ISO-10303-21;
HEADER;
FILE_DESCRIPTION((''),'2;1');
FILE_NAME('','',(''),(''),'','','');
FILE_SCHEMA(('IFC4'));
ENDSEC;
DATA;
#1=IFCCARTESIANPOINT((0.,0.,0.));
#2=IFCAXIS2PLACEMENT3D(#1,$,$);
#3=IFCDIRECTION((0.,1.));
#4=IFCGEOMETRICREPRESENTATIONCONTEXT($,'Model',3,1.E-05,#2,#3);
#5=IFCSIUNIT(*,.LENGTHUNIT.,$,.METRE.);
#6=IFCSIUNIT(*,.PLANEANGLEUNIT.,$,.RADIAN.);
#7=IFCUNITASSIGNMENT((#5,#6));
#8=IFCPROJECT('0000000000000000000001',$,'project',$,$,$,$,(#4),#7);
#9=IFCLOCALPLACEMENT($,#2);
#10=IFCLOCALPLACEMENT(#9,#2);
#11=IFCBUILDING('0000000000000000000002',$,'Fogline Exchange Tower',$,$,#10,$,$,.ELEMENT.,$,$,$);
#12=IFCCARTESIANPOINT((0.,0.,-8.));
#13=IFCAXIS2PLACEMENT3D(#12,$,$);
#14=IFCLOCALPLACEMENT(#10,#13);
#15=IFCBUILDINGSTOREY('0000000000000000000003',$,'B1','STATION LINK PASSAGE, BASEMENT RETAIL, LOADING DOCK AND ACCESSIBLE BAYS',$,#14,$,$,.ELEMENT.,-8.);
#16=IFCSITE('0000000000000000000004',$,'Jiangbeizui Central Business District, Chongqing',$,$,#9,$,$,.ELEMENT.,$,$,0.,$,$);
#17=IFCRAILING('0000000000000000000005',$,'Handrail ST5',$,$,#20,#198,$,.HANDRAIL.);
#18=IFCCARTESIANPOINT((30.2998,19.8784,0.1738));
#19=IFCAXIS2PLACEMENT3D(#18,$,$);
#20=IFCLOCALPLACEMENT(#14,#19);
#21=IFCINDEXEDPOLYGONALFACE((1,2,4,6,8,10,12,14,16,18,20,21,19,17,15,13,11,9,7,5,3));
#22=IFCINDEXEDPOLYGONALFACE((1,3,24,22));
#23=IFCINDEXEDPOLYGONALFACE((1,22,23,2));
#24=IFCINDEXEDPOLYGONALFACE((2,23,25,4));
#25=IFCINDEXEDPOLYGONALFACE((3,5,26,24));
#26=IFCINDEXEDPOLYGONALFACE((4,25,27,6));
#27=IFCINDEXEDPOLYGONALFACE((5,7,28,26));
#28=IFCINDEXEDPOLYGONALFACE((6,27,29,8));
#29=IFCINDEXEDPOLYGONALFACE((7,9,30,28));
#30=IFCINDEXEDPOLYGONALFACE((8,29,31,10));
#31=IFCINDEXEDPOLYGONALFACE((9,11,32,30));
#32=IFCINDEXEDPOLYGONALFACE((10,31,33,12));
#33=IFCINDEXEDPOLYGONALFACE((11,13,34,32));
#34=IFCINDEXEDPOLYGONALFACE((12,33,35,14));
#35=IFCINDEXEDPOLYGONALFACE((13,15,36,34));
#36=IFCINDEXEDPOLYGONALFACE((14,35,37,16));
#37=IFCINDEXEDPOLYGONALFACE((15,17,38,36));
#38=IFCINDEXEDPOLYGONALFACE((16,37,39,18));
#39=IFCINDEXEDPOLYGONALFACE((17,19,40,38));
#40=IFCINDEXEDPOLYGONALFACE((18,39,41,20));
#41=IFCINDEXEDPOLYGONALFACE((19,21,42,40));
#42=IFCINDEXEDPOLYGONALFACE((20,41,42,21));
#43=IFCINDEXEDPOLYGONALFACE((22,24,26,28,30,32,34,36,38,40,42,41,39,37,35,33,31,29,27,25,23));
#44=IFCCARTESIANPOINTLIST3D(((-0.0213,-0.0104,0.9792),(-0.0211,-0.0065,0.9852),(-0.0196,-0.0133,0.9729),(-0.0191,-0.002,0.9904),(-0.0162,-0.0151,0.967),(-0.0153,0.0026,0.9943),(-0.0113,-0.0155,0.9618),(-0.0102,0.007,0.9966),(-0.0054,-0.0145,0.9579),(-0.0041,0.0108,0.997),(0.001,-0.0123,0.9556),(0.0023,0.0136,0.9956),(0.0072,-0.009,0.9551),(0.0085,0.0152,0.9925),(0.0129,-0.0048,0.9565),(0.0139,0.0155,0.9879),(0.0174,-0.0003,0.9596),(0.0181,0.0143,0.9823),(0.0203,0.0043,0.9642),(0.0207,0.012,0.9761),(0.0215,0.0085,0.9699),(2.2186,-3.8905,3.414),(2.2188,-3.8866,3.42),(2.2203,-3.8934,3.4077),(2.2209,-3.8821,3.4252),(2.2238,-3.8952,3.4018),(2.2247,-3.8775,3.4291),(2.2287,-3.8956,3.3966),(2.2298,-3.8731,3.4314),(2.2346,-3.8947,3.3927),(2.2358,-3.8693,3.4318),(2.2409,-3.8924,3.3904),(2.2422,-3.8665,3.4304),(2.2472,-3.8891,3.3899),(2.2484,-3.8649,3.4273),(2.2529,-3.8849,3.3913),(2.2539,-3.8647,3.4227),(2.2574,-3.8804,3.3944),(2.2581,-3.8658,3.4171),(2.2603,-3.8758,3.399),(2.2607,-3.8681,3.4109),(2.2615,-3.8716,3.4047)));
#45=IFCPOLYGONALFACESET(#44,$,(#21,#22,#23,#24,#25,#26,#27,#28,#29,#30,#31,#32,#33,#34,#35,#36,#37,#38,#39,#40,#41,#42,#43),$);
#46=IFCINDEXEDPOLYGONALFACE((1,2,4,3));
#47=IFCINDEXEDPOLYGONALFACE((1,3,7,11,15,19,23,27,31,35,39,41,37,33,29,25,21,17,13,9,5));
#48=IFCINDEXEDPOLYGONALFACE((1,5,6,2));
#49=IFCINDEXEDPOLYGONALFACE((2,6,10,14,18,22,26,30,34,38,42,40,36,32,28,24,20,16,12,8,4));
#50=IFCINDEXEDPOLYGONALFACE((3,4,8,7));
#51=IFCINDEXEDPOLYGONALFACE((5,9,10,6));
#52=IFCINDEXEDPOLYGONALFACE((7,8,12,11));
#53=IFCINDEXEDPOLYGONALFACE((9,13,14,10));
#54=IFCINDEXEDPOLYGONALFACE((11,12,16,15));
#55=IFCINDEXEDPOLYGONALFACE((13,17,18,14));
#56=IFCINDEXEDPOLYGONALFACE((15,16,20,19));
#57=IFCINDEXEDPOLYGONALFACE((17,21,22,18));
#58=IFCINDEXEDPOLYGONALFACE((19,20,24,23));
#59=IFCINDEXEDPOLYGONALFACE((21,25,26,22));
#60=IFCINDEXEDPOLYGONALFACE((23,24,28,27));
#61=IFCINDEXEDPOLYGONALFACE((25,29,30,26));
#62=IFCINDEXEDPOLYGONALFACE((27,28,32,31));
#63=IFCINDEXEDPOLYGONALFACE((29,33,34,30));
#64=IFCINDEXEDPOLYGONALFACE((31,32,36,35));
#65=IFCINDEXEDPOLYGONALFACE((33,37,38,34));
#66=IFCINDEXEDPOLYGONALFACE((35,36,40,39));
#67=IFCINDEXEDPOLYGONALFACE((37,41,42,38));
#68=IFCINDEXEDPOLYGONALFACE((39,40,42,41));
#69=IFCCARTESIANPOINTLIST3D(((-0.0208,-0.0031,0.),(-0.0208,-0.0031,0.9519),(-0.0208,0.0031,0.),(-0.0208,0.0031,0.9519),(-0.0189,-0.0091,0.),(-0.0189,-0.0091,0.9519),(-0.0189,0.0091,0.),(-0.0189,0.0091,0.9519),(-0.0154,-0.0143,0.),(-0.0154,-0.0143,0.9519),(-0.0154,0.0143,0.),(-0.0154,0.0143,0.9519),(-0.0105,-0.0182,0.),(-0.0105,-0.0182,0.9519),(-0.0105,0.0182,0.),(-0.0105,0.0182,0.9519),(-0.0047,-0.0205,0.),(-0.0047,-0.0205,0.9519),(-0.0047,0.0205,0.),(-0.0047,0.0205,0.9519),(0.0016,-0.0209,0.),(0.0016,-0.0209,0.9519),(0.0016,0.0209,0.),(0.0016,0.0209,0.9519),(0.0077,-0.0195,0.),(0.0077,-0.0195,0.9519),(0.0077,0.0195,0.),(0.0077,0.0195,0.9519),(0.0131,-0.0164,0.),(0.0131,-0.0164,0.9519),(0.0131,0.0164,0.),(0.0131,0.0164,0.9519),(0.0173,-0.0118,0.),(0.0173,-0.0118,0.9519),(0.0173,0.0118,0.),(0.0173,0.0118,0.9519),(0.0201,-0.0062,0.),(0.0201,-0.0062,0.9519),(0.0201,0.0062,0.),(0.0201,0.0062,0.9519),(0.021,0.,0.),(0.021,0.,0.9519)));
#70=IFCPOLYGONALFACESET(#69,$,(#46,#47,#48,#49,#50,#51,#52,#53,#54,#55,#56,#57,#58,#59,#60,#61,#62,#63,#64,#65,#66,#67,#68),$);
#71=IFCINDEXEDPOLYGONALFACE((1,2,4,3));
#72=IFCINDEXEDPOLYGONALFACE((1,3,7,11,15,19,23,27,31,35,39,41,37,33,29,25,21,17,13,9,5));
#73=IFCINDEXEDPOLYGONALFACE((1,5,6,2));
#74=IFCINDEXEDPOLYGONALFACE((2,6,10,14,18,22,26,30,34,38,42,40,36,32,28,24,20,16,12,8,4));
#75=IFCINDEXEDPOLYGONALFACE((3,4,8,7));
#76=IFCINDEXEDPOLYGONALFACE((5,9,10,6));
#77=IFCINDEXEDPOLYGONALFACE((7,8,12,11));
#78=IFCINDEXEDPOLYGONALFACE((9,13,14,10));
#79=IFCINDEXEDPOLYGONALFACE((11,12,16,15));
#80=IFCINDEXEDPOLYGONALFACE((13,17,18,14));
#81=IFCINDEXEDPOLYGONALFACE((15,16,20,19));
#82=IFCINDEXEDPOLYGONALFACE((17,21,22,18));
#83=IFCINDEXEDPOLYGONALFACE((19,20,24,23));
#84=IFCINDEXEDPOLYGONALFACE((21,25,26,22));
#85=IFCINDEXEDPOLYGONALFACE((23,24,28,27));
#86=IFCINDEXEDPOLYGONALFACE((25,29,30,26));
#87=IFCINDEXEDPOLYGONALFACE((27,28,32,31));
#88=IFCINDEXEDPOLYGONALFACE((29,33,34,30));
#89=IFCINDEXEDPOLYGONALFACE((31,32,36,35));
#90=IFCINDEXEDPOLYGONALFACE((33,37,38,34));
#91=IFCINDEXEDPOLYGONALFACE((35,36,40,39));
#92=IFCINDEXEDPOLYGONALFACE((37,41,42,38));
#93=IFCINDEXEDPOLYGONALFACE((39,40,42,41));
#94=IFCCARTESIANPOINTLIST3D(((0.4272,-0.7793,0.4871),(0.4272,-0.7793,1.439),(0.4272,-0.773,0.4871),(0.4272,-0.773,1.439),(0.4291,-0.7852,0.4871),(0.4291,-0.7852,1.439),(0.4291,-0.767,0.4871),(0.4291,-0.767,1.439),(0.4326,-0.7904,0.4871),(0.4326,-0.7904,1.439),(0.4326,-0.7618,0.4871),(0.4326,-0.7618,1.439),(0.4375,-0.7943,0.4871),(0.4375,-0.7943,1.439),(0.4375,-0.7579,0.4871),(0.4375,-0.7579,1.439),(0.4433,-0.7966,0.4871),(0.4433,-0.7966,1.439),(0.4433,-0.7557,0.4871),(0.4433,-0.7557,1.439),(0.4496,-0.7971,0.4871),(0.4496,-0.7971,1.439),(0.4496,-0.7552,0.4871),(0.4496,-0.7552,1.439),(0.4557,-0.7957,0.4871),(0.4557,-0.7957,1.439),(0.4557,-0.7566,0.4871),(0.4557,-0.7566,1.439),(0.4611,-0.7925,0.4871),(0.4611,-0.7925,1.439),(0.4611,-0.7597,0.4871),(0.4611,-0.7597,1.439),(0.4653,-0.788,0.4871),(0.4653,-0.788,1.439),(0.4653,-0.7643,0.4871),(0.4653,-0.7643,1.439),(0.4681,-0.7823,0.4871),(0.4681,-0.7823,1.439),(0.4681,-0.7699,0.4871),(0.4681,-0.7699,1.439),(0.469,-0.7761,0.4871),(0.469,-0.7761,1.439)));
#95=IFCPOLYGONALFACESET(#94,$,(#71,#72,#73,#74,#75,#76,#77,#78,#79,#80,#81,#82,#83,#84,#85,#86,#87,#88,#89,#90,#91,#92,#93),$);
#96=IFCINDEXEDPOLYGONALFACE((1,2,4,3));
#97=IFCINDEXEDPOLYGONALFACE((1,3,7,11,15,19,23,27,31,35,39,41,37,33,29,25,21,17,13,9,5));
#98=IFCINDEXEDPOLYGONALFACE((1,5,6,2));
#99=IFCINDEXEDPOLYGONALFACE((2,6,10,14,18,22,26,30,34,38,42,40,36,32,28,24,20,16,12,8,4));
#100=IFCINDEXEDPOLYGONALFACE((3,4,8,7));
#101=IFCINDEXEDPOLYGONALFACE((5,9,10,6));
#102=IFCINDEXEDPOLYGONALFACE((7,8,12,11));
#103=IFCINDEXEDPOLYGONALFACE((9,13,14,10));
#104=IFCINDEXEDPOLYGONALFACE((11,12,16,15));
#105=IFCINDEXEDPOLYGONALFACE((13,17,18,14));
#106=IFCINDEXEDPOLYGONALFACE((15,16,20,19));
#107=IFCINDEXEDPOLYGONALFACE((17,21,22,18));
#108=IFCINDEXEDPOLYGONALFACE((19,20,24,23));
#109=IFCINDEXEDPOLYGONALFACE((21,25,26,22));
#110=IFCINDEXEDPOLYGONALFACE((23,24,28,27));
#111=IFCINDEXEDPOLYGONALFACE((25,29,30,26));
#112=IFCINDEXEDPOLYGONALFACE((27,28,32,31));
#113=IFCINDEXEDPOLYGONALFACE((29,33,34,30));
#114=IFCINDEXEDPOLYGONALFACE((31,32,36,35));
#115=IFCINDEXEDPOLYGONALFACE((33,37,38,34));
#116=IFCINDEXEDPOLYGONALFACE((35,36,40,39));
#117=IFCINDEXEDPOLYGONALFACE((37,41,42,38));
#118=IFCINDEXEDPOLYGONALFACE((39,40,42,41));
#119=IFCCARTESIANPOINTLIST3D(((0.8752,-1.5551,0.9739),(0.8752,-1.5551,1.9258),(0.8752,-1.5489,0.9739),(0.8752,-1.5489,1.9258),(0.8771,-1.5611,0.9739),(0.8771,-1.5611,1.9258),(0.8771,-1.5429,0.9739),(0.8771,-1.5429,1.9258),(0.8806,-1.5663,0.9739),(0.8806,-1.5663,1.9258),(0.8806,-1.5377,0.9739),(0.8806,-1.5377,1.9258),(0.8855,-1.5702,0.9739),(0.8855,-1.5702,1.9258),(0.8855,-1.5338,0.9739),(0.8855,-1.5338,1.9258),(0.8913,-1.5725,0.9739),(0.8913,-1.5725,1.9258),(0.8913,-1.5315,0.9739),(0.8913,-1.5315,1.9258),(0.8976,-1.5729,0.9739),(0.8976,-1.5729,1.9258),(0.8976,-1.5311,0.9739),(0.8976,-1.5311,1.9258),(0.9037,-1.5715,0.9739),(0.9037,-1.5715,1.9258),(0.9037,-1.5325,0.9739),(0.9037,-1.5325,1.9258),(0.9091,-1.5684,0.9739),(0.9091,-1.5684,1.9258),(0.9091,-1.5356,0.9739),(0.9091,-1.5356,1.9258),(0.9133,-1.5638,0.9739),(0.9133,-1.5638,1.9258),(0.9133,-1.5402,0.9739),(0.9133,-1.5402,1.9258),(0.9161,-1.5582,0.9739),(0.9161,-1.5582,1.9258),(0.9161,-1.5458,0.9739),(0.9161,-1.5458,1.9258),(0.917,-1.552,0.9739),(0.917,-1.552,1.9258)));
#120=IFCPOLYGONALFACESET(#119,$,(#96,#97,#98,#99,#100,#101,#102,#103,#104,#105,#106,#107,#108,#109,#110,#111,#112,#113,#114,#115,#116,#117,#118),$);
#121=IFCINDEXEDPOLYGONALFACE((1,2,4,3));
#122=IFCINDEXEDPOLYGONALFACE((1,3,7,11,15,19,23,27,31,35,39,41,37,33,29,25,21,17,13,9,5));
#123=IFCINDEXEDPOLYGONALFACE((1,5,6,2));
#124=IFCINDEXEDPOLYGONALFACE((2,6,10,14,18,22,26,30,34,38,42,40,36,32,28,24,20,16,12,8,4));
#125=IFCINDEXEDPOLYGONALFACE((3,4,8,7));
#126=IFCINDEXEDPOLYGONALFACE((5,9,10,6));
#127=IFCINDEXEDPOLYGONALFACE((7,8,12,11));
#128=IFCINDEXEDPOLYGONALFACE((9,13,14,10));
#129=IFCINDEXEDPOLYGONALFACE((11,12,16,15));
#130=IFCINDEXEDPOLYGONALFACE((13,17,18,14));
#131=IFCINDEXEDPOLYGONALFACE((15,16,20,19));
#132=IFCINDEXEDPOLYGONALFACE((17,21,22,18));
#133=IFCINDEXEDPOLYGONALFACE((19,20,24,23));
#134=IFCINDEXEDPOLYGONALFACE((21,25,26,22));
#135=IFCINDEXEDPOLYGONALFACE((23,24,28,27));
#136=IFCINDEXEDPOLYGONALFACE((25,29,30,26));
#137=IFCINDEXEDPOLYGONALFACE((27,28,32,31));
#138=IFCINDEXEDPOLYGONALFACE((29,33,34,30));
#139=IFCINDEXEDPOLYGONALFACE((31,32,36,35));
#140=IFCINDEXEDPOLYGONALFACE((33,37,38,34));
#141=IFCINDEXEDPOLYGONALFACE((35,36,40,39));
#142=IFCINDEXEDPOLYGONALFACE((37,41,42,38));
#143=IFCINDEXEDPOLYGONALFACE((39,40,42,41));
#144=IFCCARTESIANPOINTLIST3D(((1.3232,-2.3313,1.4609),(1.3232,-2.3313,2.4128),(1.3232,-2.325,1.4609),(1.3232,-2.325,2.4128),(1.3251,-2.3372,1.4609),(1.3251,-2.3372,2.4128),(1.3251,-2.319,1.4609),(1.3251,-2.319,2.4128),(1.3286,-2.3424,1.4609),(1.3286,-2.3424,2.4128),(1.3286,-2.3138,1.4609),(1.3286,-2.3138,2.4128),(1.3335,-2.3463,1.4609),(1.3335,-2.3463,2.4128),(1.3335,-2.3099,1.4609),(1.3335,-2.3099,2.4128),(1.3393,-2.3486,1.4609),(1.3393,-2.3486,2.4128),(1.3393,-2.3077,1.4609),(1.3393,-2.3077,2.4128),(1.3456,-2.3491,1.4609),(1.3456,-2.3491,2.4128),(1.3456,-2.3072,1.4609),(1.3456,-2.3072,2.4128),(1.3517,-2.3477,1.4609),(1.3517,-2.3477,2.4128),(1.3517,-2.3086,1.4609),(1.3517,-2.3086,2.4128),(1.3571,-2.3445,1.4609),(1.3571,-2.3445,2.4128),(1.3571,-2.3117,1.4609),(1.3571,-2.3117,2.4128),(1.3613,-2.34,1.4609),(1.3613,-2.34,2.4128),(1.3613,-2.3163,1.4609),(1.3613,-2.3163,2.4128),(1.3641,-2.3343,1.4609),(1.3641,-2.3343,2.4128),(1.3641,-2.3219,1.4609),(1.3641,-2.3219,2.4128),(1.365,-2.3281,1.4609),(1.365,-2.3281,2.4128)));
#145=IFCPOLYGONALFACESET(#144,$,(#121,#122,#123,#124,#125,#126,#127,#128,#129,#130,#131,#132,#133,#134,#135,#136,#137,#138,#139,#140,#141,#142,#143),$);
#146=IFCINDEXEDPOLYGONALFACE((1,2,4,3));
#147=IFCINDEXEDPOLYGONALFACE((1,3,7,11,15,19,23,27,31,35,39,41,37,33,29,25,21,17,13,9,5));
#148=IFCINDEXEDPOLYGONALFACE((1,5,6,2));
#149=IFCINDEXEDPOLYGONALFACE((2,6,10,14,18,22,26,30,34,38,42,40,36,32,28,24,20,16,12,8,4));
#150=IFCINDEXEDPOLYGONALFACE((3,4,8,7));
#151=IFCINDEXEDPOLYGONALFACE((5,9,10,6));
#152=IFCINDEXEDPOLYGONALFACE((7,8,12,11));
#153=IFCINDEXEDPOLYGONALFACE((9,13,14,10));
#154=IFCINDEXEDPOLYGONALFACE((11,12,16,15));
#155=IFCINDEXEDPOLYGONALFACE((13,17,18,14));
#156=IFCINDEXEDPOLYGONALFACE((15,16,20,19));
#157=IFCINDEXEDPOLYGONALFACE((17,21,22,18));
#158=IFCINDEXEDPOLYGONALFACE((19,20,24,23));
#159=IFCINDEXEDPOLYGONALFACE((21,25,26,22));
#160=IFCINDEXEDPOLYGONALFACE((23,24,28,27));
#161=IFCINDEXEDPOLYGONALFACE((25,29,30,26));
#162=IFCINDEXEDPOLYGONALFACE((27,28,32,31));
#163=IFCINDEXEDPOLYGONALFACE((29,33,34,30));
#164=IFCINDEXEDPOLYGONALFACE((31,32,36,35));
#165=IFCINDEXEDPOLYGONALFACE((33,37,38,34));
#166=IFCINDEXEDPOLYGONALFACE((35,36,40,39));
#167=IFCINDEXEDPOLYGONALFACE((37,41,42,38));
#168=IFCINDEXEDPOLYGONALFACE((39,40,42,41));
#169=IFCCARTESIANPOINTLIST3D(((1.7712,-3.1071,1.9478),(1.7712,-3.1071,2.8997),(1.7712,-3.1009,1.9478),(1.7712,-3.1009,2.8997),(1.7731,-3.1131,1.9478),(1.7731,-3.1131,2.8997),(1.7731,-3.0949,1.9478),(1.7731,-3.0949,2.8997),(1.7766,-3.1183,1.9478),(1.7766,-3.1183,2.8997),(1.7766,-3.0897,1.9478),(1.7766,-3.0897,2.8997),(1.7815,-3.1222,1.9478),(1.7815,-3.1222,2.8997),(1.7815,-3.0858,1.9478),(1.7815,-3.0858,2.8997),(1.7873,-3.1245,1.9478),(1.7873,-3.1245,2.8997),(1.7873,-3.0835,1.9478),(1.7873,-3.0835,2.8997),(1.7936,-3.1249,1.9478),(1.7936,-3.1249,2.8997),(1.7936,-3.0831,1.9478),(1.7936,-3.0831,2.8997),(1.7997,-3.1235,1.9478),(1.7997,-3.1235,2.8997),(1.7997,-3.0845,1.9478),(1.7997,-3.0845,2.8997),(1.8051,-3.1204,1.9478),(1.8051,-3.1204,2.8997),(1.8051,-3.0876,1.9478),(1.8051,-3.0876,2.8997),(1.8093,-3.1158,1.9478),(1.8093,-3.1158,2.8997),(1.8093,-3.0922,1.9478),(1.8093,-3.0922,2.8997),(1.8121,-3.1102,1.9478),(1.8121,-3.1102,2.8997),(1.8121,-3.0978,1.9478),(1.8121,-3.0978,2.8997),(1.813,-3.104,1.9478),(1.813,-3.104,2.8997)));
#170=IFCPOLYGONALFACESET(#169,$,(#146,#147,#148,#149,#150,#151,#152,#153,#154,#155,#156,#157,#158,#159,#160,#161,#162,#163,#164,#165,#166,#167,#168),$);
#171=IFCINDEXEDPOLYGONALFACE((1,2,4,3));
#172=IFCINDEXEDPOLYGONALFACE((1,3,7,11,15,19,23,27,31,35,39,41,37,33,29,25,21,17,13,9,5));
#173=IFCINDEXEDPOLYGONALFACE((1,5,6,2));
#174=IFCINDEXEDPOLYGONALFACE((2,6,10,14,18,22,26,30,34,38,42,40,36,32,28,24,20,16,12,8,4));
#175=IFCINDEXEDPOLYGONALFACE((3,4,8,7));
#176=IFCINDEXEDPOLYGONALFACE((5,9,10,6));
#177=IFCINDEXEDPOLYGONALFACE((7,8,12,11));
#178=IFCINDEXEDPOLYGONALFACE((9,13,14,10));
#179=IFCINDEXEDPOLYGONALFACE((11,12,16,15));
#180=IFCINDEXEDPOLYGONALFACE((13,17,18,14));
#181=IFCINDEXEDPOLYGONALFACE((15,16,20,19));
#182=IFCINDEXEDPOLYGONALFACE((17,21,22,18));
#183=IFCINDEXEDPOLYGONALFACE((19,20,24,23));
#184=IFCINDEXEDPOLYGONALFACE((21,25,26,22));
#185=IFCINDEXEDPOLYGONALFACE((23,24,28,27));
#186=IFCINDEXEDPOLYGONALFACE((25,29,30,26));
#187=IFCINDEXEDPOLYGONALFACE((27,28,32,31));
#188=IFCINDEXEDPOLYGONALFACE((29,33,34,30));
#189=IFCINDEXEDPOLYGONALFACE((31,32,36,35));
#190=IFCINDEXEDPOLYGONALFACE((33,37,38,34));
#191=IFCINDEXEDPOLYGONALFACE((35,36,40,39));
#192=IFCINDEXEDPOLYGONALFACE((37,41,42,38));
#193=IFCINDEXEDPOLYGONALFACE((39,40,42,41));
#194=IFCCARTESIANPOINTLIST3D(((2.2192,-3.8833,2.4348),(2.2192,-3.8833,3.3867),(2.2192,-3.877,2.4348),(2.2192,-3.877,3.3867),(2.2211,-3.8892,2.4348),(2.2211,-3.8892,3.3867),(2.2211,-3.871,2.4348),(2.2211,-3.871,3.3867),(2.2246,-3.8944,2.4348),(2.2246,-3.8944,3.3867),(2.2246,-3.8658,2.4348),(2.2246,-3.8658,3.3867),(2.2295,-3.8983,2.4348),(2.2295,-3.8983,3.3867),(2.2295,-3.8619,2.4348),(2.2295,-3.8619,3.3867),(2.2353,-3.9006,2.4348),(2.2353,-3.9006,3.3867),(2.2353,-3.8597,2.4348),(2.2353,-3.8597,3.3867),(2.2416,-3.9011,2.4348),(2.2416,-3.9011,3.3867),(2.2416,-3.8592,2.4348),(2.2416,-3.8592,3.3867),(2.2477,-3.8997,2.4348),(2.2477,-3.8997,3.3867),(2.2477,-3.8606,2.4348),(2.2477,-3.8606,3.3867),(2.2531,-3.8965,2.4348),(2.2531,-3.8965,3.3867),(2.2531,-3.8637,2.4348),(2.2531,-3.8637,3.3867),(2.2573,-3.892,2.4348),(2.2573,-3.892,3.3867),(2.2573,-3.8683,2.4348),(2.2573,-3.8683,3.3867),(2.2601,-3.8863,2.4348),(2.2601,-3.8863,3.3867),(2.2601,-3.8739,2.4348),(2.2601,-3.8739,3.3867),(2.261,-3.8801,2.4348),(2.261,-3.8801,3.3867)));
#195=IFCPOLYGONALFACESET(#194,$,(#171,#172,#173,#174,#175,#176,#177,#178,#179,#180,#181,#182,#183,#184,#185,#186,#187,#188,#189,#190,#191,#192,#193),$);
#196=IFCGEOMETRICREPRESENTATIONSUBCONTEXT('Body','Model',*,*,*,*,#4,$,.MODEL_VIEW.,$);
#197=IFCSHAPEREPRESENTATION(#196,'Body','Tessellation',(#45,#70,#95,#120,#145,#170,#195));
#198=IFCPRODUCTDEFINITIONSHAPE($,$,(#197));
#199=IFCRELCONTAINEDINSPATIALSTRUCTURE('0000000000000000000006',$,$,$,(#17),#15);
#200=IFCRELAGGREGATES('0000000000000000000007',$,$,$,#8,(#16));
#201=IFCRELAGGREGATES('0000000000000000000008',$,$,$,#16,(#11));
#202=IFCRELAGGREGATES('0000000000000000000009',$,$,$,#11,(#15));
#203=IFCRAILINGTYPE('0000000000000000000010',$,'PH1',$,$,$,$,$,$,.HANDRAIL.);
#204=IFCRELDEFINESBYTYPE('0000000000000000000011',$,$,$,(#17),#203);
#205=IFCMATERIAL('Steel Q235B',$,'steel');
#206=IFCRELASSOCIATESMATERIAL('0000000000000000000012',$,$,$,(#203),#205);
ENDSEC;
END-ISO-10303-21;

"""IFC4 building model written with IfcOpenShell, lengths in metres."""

from ifc_helpers import new_model, si_unit, direction, frame, origin, origin_2d, place, context, subcontext, project, spatial, circle, extrude, material, type_object, element, save


model = new_model("IFC4")

# Units and contexts
model_context = context("Model", 3, precision=1e-05, world=origin(), true_north=direction((0.0, 1.0)))
body_context = subcontext(model_context, "Body", "Model", "MODEL_VIEW")
ifc_project = project(units=[si_unit("LENGTHUNIT", "METRE"), si_unit("PLANEANGLEUNIT", "RADIAN")], contexts=[model_context])

# Site, building, storey
site_placement = place(None, origin())
site = spatial("IfcSite", under=ifc_project, at=site_placement, Name="Jiangbeizui Central Business District, Chongqing", CompositionType="ELEMENT", RefElevation=0.0)
building_placement = place(site_placement, origin())
building = spatial("IfcBuilding", under=site, at=building_placement, Name="Fogline Exchange Tower", CompositionType="ELEMENT")
storey_placement = place(building_placement, frame((0.0, 0.0, -8.0)))
storey = spatial("IfcBuildingStorey", under=building, at=storey_placement, Name="B1", Description="STATION LINK PASSAGE, BASEMENT RETAIL, LOADING DOCK AND ACCESSIBLE BAYS", CompositionType="ELEMENT", Elevation=-8.0)

# Shared definitions
ifc_material_1 = material(Name="Steel Q235B", Category="steel")

# Railing
railing_type_1 = type_object("IfcRailingType", Name="PH1", PredefinedType="HANDRAIL", material=ifc_material_1)
railing_1_placement = place(storey_placement, frame((30.2998, 19.8784, 0.1738)))
element("IfcRailing", 1, at=railing_1_placement, inside=storey, type_object=railing_type_1, Name="Handrail ST5", PredefinedType="HANDRAIL", context=body_context, shape_type="SweptSolid", body=[
    extrude(circle(Radius=0.0239, at=origin_2d()), frame((0.0, 0.0, 0.9761), z_axis=(0.439288, -0.760937, 0.477495), x_axis=(0.866045, 0.499966, 0.0)), (0.0, 0.0, 1.0), 5.0991),
    extrude(circle(Radius=0.021, at=origin_2d()), origin(), (0.0, 0.0, 1.0), 0.9519),
    extrude(circle(Radius=0.021, at=origin_2d()), frame((0.448, -0.7761, 0.4871)), (0.0, 0.0, 1.0), 0.9519),
    extrude(circle(Radius=0.021, at=origin_2d()), frame((0.896, -1.552, 0.9739)), (0.0, 0.0, 1.0), 0.9519),
    extrude(circle(Radius=0.021, at=origin_2d()), frame((1.344, -2.3281, 1.4609)), (0.0, 0.0, 1.0), 0.9519),
    extrude(circle(Radius=0.021, at=origin_2d()), frame((1.792, -3.104, 1.9478)), (0.0, 0.0, 1.0), 0.9519),
    extrude(circle(Radius=0.021, at=origin_2d()), frame((2.24, -3.8801, 2.4348)), (0.0, 0.0, 1.0), 0.9519),
])

save(model, "model.ifc")
